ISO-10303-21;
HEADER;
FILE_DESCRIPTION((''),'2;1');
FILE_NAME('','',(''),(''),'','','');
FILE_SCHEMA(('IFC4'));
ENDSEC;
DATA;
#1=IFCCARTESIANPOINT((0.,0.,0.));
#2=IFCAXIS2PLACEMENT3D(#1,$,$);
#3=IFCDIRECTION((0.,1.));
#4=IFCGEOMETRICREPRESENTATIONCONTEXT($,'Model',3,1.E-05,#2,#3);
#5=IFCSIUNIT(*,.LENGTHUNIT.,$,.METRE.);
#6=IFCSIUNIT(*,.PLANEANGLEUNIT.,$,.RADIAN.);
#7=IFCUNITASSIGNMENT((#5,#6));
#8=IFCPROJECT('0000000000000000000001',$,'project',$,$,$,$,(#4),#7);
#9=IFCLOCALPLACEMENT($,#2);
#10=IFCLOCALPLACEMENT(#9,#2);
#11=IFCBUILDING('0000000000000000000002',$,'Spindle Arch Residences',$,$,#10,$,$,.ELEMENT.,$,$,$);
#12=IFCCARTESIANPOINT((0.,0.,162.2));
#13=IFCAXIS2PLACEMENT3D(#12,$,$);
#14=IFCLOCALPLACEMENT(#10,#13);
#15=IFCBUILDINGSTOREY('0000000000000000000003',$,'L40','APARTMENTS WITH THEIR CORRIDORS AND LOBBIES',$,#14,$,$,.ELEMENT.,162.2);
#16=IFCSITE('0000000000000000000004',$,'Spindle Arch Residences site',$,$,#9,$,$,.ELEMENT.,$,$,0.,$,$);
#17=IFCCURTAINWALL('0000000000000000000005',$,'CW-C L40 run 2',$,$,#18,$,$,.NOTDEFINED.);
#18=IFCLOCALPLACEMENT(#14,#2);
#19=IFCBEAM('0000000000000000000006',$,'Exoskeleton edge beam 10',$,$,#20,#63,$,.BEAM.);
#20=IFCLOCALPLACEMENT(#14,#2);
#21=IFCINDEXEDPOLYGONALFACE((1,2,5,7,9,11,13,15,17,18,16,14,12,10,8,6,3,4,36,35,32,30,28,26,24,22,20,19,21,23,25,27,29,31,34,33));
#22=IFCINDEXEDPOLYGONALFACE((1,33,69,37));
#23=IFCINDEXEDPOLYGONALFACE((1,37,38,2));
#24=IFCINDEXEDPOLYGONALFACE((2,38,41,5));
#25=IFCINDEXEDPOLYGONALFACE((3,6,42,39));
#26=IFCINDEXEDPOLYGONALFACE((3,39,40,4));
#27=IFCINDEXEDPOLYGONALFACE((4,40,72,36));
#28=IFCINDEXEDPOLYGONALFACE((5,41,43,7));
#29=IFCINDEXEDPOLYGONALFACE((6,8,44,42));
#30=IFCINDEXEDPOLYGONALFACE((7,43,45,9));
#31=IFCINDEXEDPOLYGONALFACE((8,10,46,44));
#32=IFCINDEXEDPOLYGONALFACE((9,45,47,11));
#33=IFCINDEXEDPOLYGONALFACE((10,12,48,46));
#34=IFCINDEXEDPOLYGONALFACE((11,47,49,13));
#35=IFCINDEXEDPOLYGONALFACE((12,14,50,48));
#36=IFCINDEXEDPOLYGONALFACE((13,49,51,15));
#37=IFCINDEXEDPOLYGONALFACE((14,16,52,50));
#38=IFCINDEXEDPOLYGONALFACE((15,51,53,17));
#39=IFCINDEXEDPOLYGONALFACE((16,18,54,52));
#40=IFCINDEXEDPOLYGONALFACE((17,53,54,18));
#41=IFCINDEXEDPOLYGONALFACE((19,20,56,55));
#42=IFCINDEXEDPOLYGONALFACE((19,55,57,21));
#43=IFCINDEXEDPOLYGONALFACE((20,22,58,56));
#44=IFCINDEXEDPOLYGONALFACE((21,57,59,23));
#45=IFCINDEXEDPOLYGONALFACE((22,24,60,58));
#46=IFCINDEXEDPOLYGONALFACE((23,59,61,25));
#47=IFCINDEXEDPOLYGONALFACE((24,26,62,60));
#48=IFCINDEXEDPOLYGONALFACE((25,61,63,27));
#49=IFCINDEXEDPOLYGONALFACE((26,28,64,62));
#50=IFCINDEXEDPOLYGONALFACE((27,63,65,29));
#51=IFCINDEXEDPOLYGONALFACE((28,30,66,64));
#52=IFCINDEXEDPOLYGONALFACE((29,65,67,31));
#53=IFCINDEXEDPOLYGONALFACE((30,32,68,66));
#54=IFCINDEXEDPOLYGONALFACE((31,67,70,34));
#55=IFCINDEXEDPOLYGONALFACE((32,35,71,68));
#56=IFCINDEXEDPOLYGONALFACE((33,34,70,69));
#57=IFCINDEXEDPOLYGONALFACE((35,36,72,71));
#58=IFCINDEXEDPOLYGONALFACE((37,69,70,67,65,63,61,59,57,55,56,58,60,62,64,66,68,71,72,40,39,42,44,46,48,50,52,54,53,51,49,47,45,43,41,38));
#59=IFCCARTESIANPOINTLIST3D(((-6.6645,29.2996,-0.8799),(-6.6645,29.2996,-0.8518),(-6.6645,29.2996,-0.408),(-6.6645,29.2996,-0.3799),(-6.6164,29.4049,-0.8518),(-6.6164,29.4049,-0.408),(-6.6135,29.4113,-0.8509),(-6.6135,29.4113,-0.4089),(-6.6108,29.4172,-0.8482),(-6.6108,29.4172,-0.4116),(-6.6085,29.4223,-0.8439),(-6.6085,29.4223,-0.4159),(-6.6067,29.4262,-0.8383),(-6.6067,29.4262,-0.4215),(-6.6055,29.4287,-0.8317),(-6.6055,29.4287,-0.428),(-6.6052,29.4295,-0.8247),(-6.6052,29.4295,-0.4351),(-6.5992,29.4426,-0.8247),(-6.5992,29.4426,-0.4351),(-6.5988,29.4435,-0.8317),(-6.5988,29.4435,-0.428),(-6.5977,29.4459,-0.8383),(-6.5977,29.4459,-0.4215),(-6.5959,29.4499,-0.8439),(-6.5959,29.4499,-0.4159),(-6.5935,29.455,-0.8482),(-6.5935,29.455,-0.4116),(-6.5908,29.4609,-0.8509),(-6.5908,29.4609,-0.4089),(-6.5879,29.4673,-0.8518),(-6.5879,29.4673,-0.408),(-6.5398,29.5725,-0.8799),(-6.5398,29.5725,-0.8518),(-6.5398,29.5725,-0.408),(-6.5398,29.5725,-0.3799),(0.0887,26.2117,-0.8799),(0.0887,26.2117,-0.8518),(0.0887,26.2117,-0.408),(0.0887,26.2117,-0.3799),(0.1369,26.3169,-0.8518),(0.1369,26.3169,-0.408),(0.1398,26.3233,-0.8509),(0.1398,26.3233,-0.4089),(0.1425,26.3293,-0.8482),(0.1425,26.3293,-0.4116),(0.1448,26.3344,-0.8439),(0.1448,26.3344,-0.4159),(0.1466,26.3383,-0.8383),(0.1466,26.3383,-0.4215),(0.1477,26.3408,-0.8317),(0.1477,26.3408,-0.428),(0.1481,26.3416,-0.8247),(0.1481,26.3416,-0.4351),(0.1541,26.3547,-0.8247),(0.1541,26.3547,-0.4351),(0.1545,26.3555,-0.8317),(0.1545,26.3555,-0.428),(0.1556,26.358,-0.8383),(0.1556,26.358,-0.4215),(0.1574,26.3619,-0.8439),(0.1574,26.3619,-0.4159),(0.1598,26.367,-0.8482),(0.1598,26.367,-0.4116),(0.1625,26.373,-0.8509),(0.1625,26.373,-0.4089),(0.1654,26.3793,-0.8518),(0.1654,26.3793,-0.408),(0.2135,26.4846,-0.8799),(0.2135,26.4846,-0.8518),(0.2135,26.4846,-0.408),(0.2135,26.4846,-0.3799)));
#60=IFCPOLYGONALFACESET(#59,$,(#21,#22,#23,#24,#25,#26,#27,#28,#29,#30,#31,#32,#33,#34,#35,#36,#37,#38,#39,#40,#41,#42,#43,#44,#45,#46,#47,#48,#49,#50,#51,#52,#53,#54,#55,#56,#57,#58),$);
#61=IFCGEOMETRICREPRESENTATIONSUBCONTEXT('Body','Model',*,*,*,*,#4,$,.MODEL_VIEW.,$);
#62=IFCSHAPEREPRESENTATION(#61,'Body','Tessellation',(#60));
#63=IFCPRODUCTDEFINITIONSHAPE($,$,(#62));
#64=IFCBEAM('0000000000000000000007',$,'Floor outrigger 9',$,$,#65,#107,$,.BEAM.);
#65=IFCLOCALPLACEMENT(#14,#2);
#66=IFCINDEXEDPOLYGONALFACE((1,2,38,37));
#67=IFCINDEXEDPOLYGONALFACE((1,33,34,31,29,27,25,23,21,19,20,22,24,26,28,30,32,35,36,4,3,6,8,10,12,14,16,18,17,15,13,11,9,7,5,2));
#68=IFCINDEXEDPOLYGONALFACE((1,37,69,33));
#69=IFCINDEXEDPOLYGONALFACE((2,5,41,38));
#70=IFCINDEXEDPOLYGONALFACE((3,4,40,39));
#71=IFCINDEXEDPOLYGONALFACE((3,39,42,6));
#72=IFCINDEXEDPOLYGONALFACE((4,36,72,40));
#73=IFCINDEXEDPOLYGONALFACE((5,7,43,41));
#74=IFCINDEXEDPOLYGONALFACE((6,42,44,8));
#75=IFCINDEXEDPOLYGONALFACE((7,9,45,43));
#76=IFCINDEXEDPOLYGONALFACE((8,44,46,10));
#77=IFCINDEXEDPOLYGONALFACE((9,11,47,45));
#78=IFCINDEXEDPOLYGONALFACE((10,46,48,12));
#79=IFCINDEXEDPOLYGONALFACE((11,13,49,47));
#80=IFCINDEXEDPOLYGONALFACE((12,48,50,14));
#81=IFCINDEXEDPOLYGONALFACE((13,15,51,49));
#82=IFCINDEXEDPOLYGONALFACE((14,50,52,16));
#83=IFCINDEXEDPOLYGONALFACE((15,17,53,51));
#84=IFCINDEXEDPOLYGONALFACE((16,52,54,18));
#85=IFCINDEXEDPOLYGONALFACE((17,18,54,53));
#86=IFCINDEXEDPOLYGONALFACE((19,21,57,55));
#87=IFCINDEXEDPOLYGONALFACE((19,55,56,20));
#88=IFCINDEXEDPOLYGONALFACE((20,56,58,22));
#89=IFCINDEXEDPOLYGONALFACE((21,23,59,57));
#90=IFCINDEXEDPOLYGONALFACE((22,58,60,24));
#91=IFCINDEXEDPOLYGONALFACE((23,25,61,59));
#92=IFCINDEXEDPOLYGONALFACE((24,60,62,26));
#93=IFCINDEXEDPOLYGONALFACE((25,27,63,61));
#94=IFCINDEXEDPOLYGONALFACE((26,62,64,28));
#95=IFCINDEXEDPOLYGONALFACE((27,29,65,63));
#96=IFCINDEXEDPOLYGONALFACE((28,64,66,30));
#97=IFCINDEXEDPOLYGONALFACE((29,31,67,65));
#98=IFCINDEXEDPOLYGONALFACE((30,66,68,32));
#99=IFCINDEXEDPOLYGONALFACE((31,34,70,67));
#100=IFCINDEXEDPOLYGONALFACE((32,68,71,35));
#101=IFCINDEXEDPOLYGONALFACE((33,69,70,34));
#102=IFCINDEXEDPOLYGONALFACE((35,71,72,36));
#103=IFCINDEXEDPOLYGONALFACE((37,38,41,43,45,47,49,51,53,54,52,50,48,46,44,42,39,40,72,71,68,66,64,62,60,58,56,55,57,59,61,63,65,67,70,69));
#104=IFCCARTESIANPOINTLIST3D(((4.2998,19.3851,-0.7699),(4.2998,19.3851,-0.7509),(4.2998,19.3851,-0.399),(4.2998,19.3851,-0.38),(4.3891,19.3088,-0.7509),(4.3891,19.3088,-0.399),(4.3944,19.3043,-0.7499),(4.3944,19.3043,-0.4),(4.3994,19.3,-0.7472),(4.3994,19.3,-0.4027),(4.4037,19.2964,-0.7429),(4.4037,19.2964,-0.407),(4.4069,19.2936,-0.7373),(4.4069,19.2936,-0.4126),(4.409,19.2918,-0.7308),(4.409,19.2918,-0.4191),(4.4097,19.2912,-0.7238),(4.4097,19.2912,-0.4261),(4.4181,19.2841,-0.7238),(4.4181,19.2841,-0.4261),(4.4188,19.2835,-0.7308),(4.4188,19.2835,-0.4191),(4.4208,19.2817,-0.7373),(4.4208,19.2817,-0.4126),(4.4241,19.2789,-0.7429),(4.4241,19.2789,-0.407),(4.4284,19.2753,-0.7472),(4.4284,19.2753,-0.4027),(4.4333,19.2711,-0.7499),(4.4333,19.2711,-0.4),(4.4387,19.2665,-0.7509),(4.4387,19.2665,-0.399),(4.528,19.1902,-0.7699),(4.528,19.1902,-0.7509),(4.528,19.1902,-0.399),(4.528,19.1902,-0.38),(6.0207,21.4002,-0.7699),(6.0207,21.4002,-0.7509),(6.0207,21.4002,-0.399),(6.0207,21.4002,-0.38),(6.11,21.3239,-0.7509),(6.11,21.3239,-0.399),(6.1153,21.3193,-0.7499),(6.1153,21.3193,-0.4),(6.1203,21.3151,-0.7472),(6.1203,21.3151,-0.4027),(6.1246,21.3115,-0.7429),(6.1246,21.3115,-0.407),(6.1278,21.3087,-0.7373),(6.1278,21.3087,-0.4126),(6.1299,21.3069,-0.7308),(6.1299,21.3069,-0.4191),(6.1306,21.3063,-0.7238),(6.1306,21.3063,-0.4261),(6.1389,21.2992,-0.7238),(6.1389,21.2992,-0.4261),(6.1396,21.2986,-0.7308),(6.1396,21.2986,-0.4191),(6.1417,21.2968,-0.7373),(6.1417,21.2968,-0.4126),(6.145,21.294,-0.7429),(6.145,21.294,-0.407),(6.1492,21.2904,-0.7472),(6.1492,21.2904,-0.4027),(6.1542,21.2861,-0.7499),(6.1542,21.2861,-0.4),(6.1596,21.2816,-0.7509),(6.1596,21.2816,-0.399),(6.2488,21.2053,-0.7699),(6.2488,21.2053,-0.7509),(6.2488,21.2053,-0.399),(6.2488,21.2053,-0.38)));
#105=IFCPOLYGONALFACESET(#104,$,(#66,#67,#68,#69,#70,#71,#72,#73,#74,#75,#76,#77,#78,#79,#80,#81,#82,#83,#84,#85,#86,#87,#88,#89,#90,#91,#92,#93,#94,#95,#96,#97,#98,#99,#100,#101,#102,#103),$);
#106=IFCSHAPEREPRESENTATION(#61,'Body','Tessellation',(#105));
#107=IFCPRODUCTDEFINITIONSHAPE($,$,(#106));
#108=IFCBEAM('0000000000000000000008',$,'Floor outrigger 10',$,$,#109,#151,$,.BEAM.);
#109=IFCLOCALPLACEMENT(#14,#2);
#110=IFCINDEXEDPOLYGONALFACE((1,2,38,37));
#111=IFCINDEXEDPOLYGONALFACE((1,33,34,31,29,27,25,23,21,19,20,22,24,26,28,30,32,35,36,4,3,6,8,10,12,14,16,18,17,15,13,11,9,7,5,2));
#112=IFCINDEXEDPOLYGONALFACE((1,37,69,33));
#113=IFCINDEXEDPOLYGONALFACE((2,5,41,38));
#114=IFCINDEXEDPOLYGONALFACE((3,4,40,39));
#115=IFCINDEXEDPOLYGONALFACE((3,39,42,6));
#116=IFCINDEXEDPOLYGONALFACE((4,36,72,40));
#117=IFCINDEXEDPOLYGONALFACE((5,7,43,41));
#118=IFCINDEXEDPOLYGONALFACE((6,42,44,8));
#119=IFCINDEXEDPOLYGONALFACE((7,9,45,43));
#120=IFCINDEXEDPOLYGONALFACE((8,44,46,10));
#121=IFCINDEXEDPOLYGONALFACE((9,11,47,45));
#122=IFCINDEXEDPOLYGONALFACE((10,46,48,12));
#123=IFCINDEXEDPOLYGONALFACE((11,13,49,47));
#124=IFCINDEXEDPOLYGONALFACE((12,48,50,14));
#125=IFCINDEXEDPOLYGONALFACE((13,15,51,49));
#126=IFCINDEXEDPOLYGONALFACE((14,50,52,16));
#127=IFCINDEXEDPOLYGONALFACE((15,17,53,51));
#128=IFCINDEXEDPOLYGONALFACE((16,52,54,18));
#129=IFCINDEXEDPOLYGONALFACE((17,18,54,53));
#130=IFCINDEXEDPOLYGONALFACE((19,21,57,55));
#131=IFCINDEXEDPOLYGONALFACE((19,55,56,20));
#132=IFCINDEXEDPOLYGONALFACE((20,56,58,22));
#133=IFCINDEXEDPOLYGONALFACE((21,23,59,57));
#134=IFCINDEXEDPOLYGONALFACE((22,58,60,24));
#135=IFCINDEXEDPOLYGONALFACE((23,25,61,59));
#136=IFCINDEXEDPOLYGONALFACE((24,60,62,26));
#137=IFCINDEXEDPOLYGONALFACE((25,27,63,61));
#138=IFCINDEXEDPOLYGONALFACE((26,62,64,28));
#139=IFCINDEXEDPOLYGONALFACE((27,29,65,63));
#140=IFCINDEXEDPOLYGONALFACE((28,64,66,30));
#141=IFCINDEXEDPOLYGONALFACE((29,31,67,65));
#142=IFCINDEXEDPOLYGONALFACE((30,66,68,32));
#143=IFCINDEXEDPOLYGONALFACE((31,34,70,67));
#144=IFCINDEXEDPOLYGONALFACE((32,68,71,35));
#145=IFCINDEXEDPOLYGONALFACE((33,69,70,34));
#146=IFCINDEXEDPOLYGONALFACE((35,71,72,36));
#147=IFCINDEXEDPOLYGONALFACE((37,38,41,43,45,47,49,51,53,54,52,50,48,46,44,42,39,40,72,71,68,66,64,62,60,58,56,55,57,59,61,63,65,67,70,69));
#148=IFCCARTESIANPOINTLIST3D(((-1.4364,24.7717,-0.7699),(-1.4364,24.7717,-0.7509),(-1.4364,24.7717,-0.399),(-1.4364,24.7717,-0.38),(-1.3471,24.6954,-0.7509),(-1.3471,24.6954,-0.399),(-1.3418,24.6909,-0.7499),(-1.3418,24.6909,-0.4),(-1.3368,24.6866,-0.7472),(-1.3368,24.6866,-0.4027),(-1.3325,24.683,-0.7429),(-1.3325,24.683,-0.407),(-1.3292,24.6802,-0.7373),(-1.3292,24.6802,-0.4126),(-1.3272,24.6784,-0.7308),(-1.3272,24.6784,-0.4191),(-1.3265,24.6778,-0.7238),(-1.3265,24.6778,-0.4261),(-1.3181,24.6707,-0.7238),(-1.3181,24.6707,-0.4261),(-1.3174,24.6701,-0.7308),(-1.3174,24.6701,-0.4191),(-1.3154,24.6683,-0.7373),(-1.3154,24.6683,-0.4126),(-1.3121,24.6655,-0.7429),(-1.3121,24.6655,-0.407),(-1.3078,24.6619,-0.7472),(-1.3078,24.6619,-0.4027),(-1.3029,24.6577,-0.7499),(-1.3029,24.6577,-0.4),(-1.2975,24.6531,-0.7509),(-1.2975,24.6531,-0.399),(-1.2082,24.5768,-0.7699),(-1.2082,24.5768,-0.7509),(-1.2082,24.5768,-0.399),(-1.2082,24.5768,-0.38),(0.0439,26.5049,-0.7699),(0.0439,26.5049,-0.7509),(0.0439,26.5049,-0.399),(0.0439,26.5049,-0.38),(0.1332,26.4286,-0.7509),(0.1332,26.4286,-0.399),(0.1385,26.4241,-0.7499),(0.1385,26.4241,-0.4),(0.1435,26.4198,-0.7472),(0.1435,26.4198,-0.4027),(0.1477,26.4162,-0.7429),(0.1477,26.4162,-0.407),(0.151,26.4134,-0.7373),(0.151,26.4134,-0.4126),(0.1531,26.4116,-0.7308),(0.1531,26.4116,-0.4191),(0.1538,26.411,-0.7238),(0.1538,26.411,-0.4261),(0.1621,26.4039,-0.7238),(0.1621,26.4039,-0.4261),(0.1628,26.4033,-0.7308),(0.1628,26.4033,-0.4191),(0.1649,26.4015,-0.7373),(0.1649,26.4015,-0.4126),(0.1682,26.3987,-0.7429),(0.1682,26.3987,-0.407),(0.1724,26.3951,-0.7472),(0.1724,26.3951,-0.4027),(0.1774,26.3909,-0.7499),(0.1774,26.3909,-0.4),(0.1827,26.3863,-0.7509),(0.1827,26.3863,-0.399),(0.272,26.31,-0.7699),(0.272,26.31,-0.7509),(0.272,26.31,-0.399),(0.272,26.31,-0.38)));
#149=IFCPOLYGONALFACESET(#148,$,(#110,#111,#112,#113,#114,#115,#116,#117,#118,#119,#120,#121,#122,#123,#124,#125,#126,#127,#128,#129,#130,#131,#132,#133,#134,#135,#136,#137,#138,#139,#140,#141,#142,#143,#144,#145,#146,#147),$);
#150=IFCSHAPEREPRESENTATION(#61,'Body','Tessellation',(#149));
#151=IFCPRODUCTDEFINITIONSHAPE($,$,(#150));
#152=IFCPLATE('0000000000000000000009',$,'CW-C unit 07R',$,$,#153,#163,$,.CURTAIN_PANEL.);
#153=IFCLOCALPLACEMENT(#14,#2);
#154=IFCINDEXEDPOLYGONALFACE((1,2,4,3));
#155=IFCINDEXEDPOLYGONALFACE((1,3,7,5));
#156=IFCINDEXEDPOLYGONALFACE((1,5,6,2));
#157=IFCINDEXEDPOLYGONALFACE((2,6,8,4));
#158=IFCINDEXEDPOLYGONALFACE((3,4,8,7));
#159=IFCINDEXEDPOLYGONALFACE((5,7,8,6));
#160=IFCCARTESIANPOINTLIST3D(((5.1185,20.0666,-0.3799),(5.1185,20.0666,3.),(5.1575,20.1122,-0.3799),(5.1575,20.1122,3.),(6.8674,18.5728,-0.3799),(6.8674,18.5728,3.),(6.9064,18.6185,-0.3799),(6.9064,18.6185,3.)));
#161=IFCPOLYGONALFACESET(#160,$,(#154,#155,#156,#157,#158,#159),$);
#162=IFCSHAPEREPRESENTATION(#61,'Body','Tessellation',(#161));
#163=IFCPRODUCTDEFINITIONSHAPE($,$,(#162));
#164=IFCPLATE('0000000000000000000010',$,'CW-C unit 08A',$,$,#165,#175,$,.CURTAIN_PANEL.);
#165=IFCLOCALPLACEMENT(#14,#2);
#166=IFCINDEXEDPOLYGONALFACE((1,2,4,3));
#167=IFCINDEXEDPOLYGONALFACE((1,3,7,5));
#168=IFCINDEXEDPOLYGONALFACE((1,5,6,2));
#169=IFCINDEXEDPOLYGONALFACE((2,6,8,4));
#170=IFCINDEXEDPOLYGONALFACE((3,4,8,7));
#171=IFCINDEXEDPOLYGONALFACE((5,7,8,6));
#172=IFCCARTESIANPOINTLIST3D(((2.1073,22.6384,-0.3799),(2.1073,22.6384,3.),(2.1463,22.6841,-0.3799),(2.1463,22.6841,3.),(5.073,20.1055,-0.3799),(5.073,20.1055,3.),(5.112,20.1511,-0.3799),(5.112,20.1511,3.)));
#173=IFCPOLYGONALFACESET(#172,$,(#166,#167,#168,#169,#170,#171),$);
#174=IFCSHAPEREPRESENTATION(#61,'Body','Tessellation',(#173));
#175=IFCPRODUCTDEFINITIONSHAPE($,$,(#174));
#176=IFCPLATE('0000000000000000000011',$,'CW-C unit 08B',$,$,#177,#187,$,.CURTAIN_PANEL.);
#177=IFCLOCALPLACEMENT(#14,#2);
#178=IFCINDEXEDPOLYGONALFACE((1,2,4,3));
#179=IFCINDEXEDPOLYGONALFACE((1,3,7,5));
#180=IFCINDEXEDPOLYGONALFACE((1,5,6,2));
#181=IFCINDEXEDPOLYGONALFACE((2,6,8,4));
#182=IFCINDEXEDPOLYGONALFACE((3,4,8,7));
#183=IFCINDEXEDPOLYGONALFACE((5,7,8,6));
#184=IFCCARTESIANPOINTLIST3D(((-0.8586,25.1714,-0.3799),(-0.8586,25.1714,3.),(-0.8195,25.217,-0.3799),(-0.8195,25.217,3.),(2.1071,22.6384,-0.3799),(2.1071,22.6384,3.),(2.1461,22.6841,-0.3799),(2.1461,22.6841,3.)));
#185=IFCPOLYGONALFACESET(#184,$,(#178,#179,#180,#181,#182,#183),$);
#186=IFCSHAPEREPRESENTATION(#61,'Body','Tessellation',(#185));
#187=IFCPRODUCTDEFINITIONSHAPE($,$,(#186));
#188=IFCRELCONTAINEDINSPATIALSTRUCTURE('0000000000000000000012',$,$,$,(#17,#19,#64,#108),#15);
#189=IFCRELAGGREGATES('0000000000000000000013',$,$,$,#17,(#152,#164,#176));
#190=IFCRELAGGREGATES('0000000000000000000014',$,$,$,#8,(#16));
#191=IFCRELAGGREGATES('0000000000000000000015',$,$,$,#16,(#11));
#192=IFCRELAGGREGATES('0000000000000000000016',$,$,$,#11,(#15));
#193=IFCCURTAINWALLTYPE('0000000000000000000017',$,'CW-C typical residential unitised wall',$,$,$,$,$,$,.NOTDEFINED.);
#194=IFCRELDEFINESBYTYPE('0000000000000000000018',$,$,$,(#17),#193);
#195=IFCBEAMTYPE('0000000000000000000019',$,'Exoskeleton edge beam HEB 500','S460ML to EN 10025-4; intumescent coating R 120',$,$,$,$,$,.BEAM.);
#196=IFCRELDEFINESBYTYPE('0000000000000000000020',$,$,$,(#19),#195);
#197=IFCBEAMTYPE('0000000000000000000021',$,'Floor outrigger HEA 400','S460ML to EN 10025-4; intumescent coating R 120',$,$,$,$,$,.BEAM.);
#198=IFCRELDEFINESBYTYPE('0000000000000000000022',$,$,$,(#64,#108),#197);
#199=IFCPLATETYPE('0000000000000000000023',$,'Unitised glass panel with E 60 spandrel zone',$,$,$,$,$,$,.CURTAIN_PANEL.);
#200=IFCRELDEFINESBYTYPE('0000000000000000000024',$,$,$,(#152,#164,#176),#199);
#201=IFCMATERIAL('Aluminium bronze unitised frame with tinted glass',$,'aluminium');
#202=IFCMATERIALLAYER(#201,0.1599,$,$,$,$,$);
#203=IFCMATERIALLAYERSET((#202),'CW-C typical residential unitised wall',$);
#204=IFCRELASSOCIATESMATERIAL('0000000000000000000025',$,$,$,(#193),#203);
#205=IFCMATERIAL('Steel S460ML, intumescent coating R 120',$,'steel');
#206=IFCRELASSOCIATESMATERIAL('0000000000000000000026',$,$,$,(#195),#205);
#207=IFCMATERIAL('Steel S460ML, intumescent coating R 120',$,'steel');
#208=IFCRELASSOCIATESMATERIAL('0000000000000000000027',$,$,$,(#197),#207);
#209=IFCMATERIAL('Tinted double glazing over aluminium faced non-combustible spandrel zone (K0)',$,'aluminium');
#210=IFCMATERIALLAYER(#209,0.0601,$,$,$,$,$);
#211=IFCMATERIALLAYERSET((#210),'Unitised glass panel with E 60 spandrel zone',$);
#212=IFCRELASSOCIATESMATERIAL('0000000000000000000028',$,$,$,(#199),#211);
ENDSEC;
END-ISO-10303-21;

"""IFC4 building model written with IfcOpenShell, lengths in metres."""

from ifc_helpers import new_model, si_unit, direction, frame, origin, origin_2d, place, context, subcontext, project, spatial, rectangle, i_section, extrude, material, layer, layer_set, material_profile, profile_set, type_object, element, aggregate, save


model = new_model("IFC4")

# Units and contexts
model_context = context("Model", 3, precision=1e-05, world=origin(), true_north=direction((0.0, 1.0)))
body_context = subcontext(model_context, "Body", "Model", "MODEL_VIEW")
ifc_project = project(units=[si_unit("LENGTHUNIT", "METRE"), si_unit("PLANEANGLEUNIT", "RADIAN")], contexts=[model_context])

# Site, building, storey
site_placement = place(None, origin())
site = spatial("IfcSite", under=ifc_project, at=site_placement, Name="Spindle Arch Residences site", CompositionType="ELEMENT", RefElevation=0.0)
building_placement = place(site_placement, origin())
building = spatial("IfcBuilding", under=site, at=building_placement, Name="Spindle Arch Residences", CompositionType="ELEMENT")
storey_placement = place(building_placement, frame((0.0, 0.0, 162.2)))
storey = spatial("IfcBuildingStorey", under=building, at=storey_placement, Name="L40", Description="APARTMENTS WITH THEIR CORRIDORS AND LOBBIES", CompositionType="ELEMENT", Elevation=162.2)

# Curtain wall
ifc_material_1 = material(Name="Aluminium bronze unitised frame with tinted glass", Category="aluminium")
ifc_layer_1 = layer(ifc_material_1, 0.1599)
ifc_layer_set_1 = layer_set([ifc_layer_1], Name="CW-C typical residential unitised wall")
curtain_wall_type_1 = type_object("IfcCurtainWallType", Name="CW-C typical residential unitised wall", PredefinedType="NOTDEFINED", material=ifc_layer_set_1)
curtain_wall_1_placement = place(storey_placement, origin())
curtain_wall_1 = element("IfcCurtainWall", 1, at=curtain_wall_1_placement, inside=storey, type_object=curtain_wall_type_1, Name="CW-C L40 run 2", PredefinedType="NOTDEFINED")

# Beams
ifc_material_2 = material(Name="Steel S460ML, intumescent coating R 120", Category="steel")
ifc_material_profile_1 = material_profile(ifc_material_2, i_section(OverallWidth=0.3, OverallDepth=0.5, WebThickness=0.0144, FlangeThickness=0.0281, FilletRadius=0.0271, at=origin_2d()), Name="HEB 500")
ifc_profile_set_1 = profile_set([ifc_material_profile_1], Name="Steel S460ML, intumescent coating R 120")
beam_type_1 = type_object("IfcBeamType", Name="Exoskeleton edge beam HEB 500", Description="S460ML to EN 10025-4; intumescent coating R 120", PredefinedType="BEAM", material=ifc_profile_set_1)
beam_1_placement = place(storey_placement, frame((0.1511, 26.3481, -0.6299), z_axis=(-0.909438, 0.415841, 0.0), x_axis=(-0.415841, -0.909438, 0.0)))
element("IfcBeam", 2, at=beam_1_placement, inside=storey, type_object=beam_type_1, Name="Exoskeleton edge beam 10", PredefinedType="BEAM", context=body_context, shape_type="SweptSolid", body=[
    extrude(i_section(OverallWidth=0.3, OverallDepth=0.5, WebThickness=0.0144, FlangeThickness=0.0281, FilletRadius=0.0271, at=origin_2d()), origin(), (0.0, 0.0, 1.0), 7.4258),
])
ifc_material_3 = material(Name="Steel S460ML, intumescent coating R 120", Category="steel")
ifc_material_profile_2 = material_profile(ifc_material_3, i_section(OverallWidth=0.3, OverallDepth=0.3899, WebThickness=0.011, FlangeThickness=0.019, FilletRadius=0.0271, at=origin_2d()), Name="HEA 400")
ifc_profile_set_2 = profile_set([ifc_material_profile_2], Name="Steel S460ML, intumescent coating R 120")
beam_type_2 = type_object("IfcBeamType", Name="Floor outrigger HEA 400", Description="S460ML to EN 10025-4; intumescent coating R 120", PredefinedType="BEAM", material=ifc_profile_set_2)
beam_2_placement = place(storey_placement, frame((6.1348, 21.3027, -0.575), z_axis=(-0.649417, -0.760432, 0.0), x_axis=(0.760432, -0.649417, 0.0)))
element("IfcBeam", 3, at=beam_2_placement, inside=storey, type_object=beam_type_2, Name="Floor outrigger 9", PredefinedType="BEAM", context=body_context, shape_type="SweptSolid", body=[
    extrude(i_section(OverallWidth=0.3, OverallDepth=0.3899, WebThickness=0.011, FlangeThickness=0.019, FilletRadius=0.0271, at=origin_2d()), origin(), (0.0, 0.0, 1.0), 2.6499),
])
beam_3_placement = place(storey_placement, frame((0.158, 26.4075, -0.575), z_axis=(-0.649441, -0.760412, 0.0), x_axis=(0.760412, -0.649441, 0.0)))
element("IfcBeam", 4, at=beam_3_placement, inside=storey, type_object=beam_type_2, Name="Floor outrigger 10", PredefinedType="BEAM", context=body_context, shape_type="SweptSolid", body=[
    extrude(i_section(OverallWidth=0.3, OverallDepth=0.3899, WebThickness=0.011, FlangeThickness=0.019, FilletRadius=0.0271, at=origin_2d()), origin(), (0.0, 0.0, 1.0), 2.2793),
])

# Plates
ifc_material_4 = material(Name="Tinted double glazing over aluminium faced non-combustible spandrel zone (K0)", Category="aluminium")
ifc_layer_2 = layer(ifc_material_4, 0.0601)
ifc_layer_set_2 = layer_set([ifc_layer_2], Name="Unitised glass panel with E 60 spandrel zone")
plate_type = type_object("IfcPlateType", Name="Unitised glass panel with E 60 spandrel zone", PredefinedType="CURTAIN_PANEL", material=ifc_layer_set_2)
plate_1_placement = place(storey_placement, frame((6.0125, 19.3425, -0.3799), z_axis=(0.0, 0.0, 1.0), x_axis=(-0.760406, 0.649448, 0.0)))
plate_1 = element("IfcPlate", 5, at=plate_1_placement, type_object=plate_type, Name="CW-C unit 07R", PredefinedType="CURTAIN_PANEL", context=body_context, shape_type="SweptSolid", body=[
    extrude(rectangle(XDim=2.3, YDim=0.0601, at=origin_2d()), origin(), (0.0, 0.0, 1.0), 3.3799),
])
plate_2_placement = place(storey_placement, frame((3.6096, 21.3948, -0.3799), z_axis=(0.0, 0.0, 1.0), x_axis=(-0.760406, 0.649448, 0.0)))
plate_2 = element("IfcPlate", 6, at=plate_2_placement, type_object=plate_type, Name="CW-C unit 08A", PredefinedType="CURTAIN_PANEL", context=body_context, shape_type="SweptSolid", body=[
    extrude(rectangle(XDim=3.9001, YDim=0.0601, at=origin_2d()), origin(), (0.0, 0.0, 1.0), 3.3799),
])
plate_3_placement = place(storey_placement, frame((0.6438, 23.9277, -0.3799), z_axis=(0.0, 0.0, 1.0), x_axis=(-0.760406, 0.649448, 0.0)))
plate_3 = element("IfcPlate", 7, at=plate_3_placement, type_object=plate_type, Name="CW-C unit 08B", PredefinedType="CURTAIN_PANEL", context=body_context, shape_type="SweptSolid", body=[
    extrude(rectangle(XDim=3.9001, YDim=0.0601, at=origin_2d()), origin(), (0.0, 0.0, 1.0), 3.3799),
])
aggregate(curtain_wall_1, [plate_1, plate_2, plate_3])

save(model, "model.ifc")
